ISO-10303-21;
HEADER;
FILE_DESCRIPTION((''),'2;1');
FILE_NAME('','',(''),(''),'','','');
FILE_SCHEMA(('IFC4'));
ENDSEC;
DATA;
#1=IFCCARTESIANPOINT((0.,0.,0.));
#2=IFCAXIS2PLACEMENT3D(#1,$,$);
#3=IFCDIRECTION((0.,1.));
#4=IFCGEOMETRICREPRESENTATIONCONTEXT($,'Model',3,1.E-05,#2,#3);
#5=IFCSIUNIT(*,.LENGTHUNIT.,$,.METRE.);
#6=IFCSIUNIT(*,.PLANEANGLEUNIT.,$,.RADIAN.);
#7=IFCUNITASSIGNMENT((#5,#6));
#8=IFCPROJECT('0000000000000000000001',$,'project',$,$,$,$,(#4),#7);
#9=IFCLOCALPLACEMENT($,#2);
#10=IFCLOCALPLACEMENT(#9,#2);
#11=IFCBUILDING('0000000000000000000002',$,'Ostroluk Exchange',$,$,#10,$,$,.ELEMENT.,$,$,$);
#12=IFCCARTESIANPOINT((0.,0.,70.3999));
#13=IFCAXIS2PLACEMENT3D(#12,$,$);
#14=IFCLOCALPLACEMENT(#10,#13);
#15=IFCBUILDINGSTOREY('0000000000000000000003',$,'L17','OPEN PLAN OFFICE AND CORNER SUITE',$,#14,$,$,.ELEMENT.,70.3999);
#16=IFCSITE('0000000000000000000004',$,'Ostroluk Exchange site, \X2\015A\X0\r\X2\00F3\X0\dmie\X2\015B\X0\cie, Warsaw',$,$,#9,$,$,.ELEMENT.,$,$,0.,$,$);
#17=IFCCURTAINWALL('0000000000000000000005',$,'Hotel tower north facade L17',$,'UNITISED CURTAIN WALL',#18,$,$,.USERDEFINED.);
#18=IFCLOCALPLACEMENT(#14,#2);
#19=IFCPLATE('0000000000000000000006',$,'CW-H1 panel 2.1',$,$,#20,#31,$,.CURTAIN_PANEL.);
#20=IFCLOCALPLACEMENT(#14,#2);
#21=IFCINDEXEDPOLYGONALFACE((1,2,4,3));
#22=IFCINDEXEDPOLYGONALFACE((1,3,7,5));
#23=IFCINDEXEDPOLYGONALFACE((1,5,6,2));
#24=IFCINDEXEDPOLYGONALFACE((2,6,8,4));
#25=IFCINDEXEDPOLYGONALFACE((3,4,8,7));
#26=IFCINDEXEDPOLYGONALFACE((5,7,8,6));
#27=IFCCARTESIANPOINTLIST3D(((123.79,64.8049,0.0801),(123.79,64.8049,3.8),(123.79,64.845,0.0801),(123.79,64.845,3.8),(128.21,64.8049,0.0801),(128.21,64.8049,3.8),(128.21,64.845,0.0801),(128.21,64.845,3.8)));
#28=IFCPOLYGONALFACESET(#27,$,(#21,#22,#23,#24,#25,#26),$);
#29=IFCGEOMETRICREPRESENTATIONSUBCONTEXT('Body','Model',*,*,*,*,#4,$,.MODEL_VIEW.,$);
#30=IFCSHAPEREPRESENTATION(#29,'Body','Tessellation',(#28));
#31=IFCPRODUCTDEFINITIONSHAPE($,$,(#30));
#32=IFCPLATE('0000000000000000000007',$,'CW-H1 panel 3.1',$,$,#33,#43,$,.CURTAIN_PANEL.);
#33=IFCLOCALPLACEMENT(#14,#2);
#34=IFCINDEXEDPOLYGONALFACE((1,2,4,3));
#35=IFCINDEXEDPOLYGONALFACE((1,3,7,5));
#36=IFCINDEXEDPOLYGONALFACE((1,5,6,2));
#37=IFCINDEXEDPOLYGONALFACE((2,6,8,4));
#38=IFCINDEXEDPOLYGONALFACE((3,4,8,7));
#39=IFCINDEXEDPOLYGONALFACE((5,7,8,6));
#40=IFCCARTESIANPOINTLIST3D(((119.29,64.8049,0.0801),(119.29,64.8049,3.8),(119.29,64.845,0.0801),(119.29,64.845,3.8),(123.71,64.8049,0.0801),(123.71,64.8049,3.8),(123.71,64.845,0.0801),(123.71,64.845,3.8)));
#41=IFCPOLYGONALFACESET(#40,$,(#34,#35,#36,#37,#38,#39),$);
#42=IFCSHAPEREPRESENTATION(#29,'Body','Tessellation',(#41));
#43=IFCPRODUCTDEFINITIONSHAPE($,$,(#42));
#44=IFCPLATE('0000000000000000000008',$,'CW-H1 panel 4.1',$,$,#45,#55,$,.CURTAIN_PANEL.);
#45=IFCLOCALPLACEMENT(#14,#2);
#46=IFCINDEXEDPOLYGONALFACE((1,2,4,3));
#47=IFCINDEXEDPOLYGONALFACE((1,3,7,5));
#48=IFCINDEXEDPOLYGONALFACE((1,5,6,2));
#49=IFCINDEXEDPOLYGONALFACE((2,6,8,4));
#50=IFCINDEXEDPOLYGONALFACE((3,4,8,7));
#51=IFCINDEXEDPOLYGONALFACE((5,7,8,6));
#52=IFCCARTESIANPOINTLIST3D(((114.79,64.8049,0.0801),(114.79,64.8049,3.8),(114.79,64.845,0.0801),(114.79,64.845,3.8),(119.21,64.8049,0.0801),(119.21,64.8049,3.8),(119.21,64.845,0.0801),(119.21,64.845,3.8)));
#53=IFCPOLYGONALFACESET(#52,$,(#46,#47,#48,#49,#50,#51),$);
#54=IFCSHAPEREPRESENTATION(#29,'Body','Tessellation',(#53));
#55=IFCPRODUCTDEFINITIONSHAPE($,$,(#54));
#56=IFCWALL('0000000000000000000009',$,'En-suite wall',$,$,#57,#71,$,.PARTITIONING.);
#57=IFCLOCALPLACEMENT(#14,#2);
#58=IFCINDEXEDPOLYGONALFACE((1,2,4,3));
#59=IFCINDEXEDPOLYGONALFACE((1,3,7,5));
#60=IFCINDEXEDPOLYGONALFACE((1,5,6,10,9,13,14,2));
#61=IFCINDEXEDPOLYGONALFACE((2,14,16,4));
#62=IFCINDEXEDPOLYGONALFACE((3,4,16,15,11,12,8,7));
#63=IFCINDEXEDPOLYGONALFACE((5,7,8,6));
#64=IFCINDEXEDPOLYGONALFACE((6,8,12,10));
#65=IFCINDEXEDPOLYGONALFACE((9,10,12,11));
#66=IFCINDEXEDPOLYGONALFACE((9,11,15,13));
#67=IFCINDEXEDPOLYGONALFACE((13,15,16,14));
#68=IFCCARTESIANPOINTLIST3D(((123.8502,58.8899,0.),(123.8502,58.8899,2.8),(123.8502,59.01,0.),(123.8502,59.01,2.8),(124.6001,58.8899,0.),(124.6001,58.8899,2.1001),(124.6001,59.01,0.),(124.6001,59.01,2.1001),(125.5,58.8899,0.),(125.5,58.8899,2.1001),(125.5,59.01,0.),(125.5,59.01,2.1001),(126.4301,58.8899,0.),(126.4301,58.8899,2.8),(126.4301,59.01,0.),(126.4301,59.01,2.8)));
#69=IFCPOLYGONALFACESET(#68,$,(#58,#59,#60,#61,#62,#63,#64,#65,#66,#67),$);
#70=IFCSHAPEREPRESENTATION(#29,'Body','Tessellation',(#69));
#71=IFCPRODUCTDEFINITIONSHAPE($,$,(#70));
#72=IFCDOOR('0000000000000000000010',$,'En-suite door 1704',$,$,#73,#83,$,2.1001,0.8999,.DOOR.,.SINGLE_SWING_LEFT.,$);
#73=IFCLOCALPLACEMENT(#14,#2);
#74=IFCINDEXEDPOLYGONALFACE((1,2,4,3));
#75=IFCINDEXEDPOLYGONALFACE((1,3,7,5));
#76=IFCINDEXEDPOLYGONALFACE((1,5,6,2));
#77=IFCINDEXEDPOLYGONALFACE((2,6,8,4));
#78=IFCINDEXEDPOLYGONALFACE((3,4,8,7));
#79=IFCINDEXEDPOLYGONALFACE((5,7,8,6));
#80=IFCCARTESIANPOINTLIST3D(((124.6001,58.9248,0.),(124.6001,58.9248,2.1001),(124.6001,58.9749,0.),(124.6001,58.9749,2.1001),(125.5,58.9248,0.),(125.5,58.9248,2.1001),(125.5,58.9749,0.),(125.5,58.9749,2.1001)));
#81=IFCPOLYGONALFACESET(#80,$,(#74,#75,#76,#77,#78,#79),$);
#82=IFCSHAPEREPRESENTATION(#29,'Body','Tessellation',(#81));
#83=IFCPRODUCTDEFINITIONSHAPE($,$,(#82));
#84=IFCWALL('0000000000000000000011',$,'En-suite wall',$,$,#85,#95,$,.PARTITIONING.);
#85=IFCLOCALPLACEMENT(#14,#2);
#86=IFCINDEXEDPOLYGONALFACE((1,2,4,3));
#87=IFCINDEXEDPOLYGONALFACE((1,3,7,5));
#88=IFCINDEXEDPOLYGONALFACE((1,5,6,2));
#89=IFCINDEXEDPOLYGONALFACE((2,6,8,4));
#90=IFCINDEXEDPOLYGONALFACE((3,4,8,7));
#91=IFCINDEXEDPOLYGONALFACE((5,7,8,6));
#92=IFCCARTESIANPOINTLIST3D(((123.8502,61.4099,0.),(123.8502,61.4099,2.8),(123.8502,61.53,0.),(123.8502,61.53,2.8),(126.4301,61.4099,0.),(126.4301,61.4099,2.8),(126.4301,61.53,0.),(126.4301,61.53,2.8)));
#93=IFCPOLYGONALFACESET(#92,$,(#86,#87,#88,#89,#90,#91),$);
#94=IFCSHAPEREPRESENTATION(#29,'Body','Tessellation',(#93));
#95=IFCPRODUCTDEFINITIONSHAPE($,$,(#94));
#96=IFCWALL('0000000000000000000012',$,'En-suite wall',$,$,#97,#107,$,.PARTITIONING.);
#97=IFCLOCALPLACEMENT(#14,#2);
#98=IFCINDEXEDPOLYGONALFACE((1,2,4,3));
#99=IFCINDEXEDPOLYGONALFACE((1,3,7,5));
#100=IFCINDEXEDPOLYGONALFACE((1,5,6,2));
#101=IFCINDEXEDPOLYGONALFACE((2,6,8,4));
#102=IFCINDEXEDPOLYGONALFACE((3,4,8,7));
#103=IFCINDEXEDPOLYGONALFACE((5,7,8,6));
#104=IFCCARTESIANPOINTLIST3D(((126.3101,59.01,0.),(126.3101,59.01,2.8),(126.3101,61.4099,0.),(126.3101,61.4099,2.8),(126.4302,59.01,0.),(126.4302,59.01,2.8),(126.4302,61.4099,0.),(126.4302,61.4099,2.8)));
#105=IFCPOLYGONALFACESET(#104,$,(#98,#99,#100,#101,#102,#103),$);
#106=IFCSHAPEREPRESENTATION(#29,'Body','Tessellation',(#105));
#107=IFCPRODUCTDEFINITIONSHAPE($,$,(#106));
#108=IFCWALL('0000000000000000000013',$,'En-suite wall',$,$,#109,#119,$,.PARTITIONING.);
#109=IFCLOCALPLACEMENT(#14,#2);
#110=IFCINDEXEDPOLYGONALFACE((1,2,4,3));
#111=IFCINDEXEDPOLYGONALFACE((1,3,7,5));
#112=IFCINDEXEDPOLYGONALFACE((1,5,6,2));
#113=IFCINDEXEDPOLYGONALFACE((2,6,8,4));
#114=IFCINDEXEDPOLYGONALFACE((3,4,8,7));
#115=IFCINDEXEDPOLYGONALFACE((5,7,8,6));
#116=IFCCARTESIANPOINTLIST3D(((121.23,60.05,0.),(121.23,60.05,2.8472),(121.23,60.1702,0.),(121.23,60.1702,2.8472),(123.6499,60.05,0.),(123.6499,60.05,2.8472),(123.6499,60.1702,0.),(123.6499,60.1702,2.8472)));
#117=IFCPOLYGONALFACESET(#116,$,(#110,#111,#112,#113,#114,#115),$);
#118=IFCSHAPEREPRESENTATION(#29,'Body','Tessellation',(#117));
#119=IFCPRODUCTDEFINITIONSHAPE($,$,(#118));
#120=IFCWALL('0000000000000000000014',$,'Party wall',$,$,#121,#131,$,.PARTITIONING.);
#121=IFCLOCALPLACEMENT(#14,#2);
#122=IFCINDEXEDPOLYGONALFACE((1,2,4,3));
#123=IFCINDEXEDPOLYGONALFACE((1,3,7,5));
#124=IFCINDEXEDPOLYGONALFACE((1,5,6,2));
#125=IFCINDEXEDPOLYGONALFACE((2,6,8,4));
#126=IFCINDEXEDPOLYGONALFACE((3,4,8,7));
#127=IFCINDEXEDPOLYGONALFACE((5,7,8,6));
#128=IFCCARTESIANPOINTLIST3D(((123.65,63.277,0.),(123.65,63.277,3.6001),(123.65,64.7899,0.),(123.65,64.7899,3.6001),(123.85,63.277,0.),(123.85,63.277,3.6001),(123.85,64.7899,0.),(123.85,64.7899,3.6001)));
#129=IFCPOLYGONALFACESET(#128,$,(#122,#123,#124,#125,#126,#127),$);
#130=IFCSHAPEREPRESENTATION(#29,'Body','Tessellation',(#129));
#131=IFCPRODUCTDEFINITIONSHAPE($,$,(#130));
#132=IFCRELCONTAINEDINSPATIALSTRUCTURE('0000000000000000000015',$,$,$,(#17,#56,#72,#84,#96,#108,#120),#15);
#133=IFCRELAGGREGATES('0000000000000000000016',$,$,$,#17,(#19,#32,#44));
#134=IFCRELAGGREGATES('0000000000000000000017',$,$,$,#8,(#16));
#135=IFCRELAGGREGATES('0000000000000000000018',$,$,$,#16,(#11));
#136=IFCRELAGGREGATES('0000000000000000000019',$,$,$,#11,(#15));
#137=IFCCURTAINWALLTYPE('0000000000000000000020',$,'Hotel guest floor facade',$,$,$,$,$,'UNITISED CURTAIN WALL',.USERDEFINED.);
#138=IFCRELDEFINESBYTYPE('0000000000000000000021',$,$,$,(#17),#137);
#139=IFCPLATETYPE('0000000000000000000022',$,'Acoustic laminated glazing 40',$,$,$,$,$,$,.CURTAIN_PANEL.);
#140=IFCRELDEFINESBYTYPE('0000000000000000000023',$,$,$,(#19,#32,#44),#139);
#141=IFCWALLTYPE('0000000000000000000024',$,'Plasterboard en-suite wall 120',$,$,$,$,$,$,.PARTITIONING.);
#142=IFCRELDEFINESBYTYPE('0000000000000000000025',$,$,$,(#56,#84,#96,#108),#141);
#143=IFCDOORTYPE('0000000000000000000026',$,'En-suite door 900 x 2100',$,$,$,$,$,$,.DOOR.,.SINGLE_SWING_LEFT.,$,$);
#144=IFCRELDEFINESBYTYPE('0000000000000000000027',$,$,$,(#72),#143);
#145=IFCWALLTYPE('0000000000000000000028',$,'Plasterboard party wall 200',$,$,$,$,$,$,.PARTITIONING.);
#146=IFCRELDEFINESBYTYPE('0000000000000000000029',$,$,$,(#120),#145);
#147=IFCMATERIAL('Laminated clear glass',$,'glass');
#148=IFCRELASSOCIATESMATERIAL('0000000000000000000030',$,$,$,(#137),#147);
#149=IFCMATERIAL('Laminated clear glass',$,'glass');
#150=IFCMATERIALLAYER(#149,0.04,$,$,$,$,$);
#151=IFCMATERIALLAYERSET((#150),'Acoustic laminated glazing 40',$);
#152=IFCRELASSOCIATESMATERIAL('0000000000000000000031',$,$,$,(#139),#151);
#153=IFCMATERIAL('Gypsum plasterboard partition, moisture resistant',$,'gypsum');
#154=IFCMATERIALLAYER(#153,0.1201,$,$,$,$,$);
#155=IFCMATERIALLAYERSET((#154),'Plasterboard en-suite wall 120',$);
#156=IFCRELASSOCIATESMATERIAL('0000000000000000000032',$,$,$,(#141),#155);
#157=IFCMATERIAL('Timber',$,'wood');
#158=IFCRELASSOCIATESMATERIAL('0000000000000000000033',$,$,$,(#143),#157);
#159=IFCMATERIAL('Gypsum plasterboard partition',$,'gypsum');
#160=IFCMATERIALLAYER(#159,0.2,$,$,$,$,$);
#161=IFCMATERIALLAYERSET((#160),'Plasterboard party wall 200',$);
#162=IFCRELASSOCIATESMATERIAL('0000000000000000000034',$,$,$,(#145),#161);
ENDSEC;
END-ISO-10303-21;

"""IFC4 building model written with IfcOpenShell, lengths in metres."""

from ifc_helpers import new_model, si_unit, direction, frame, frame_2d, origin, origin_2d, place, context, subcontext, project, spatial, rectangle, extrude, material, layer, layer_set, type_object, element, fill, aggregate, save


model = new_model("IFC4")

# Units and contexts
model_context = context("Model", 3, precision=1e-05, world=origin(), true_north=direction((0.0, 1.0)))
body_context = subcontext(model_context, "Body", "Model", "MODEL_VIEW")
ifc_project = project(units=[si_unit("LENGTHUNIT", "METRE"), si_unit("PLANEANGLEUNIT", "RADIAN")], contexts=[model_context])

# Site, building, storey
site_placement = place(None, origin())
site = spatial("IfcSite", under=ifc_project, at=site_placement, Name="Ostroluk Exchange site, Śródmieście, Warsaw", CompositionType="ELEMENT", RefElevation=0.0)
building_placement = place(site_placement, origin())
building = spatial("IfcBuilding", under=site, at=building_placement, Name="Ostroluk Exchange", CompositionType="ELEMENT")
storey_placement = place(building_placement, frame((0.0, 0.0, 70.3999)))
storey = spatial("IfcBuildingStorey", under=building, at=storey_placement, Name="L17", Description="OPEN PLAN OFFICE AND CORNER SUITE", CompositionType="ELEMENT", Elevation=70.3999)

# Curtain wall, plates
ifc_material_1 = material(Name="Laminated clear glass", Category="glass")
curtain_wall_type = type_object("IfcCurtainWallType", Name="Hotel guest floor facade", ElementType="UNITISED CURTAIN WALL", PredefinedType="USERDEFINED", material=ifc_material_1)
curtain_wall_placement = place(storey_placement, origin())
curtain_wall = element("IfcCurtainWall", 1, at=curtain_wall_placement, inside=storey, type_object=curtain_wall_type, Name="Hotel tower north facade L17", ObjectType="UNITISED CURTAIN WALL", PredefinedType="USERDEFINED")
ifc_material_2 = material(Name="Laminated clear glass", Category="glass")
ifc_layer_1 = layer(ifc_material_2, 0.04)
ifc_layer_set_1 = layer_set([ifc_layer_1], Name="Acoustic laminated glazing 40")
plate_type = type_object("IfcPlateType", Name="Acoustic laminated glazing 40", PredefinedType="CURTAIN_PANEL", material=ifc_layer_set_1)
plate_1_placement = place(storey_placement, frame((126.0, 64.825, 0.0801), z_axis=(0.0, 0.0, 1.0), x_axis=(-1.0, 0.0, 0.0)))
plate_1 = element("IfcPlate", 2, at=plate_1_placement, type_object=plate_type, Name="CW-H1 panel 2.1", PredefinedType="CURTAIN_PANEL", context=body_context, shape_type="SweptSolid", body=[
    extrude(rectangle(XDim=4.4199, YDim=0.04, at=origin_2d()), origin(), (0.0, 0.0, 1.0), 3.72),
])
plate_2_placement = place(storey_placement, frame((121.5, 64.825, 0.0801), z_axis=(0.0, 0.0, 1.0), x_axis=(-1.0, 0.0, 0.0)))
plate_2 = element("IfcPlate", 3, at=plate_2_placement, type_object=plate_type, Name="CW-H1 panel 3.1", PredefinedType="CURTAIN_PANEL", context=body_context, shape_type="SweptSolid", body=[
    extrude(rectangle(XDim=4.4199, YDim=0.04, at=origin_2d()), origin(), (0.0, 0.0, 1.0), 3.72),
])
plate_3_placement = place(storey_placement, frame((117.0, 64.825, 0.0801), z_axis=(0.0, 0.0, 1.0), x_axis=(-1.0, 0.0, 0.0)))
plate_3 = element("IfcPlate", 4, at=plate_3_placement, type_object=plate_type, Name="CW-H1 panel 4.1", PredefinedType="CURTAIN_PANEL", context=body_context, shape_type="SweptSolid", body=[
    extrude(rectangle(XDim=4.4199, YDim=0.04, at=origin_2d()), origin(), (0.0, 0.0, 1.0), 3.72),
])
aggregate(curtain_wall, [plate_1, plate_2, plate_3])

# Wall, opening, door
ifc_material_3 = material(Name="Gypsum plasterboard partition, moisture resistant", Category="gypsum")
ifc_layer_2 = layer(ifc_material_3, 0.1201)
ifc_layer_set_2 = layer_set([ifc_layer_2], Name="Plasterboard en-suite wall 120")
wall_type_1 = type_object("IfcWallType", Name="Plasterboard en-suite wall 120", PredefinedType="PARTITIONING", material=ifc_layer_set_2)
wall_1_placement = place(storey_placement, frame((123.8501, 58.95, 0.0), z_axis=(0.0, 0.0, 1.0), x_axis=(1.0, 0.0, 0.0)))
wall_1 = element("IfcWall", 5, at=wall_1_placement, inside=storey, type_object=wall_type_1, Name="En-suite wall", PredefinedType="PARTITIONING", context=body_context, shape_type="SweptSolid", body=[
    extrude(rectangle(XDim=2.5798, YDim=0.1201, at=frame_2d((1.29, 0.0))), origin(), (0.0, 0.0, 1.0), 2.8),
])
opening_placement = place(wall_1_placement, frame((0.75, 0.0, 0.0)))
opening = element("IfcOpeningElement", 6, at=opening_placement, cuts=wall_1, PredefinedType="OPENING", context=body_context, shape_type="SweptSolid", body=[
    extrude(rectangle(XDim=0.8999, YDim=2.1001, at=frame_2d((0.45, 1.05))), frame((0.0, 0.0701, 0.0), z_axis=(0.0, -1.0, 0.0), x_axis=(1.0, 0.0, 0.0)), (0.0, 0.0, 1.0), 0.1401),
])
ifc_material_4 = material(Name="Timber", Category="wood")
door_type = type_object("IfcDoorType", Name="En-suite door 900 x 2100", OperationType="SINGLE_SWING_LEFT", PredefinedType="DOOR", material=ifc_material_4)
door_placement = place(opening_placement, origin())
door = element("IfcDoor", 7, at=door_placement, inside=storey, type_object=door_type, Name="En-suite door 1704", OperationType="SINGLE_SWING_LEFT", OverallHeight=2.1001, OverallWidth=0.8999, PredefinedType="DOOR", context=body_context, shape_type="SweptSolid", body=[
    extrude(rectangle(XDim=0.8999, YDim=2.1001, at=frame_2d((0.45, 1.05))), frame((0.0, 0.0249, 0.0), z_axis=(0.0, -1.0, 0.0), x_axis=(1.0, 0.0, 0.0)), (0.0, 0.0, 1.0), 0.05),
])
fill(opening, door)

# Walls
wall_2_placement = place(storey_placement, frame((123.8501, 61.47, 0.0), z_axis=(0.0, 0.0, 1.0), x_axis=(1.0, 0.0, 0.0)))
element("IfcWall", 8, at=wall_2_placement, inside=storey, type_object=wall_type_1, Name="En-suite wall", PredefinedType="PARTITIONING", context=body_context, shape_type="SweptSolid", body=[
    extrude(rectangle(XDim=2.5798, YDim=0.1201, at=frame_2d((1.29, 0.0))), origin(), (0.0, 0.0, 1.0), 2.8),
])
wall_3_placement = place(storey_placement, frame((126.3701, 59.01, 0.0), z_axis=(0.0, 0.0, 1.0), x_axis=(0.0, 1.0, 0.0)))
element("IfcWall", 9, at=wall_3_placement, inside=storey, type_object=wall_type_1, Name="En-suite wall", PredefinedType="PARTITIONING", context=body_context, shape_type="SweptSolid", body=[
    extrude(rectangle(XDim=2.3999, YDim=0.1201, at=frame_2d((1.2, 0.0))), origin(), (0.0, 0.0, 1.0), 2.8),
])
wall_4_placement = place(storey_placement, frame((123.6499, 60.1101, 0.0), z_axis=(0.0, 0.0, 1.0), x_axis=(-1.0, 0.0, 0.0)))
element("IfcWall", 10, at=wall_4_placement, inside=storey, type_object=wall_type_1, Name="En-suite wall", PredefinedType="PARTITIONING", context=body_context, shape_type="SweptSolid", body=[
    extrude(rectangle(XDim=2.4199, YDim=0.1201, at=frame_2d((1.21, 0.0))), origin(), (0.0, 0.0, 1.0), 2.8472),
])
ifc_material_5 = material(Name="Gypsum plasterboard partition", Category="gypsum")
ifc_layer_3 = layer(ifc_material_5, 0.2)
ifc_layer_set_3 = layer_set([ifc_layer_3], Name="Plasterboard party wall 200")
wall_type_2 = type_object("IfcWallType", Name="Plasterboard party wall 200", PredefinedType="PARTITIONING", material=ifc_layer_set_3)
wall_5_placement = place(storey_placement, frame((123.75, 63.2771, 0.0), z_axis=(0.0, 0.0, 1.0), x_axis=(0.0, 1.0, 0.0)))
element("IfcWall", 11, at=wall_5_placement, inside=storey, type_object=wall_type_2, Name="Party wall", PredefinedType="PARTITIONING", context=body_context, shape_type="SweptSolid", body=[
    extrude(rectangle(XDim=1.5129, YDim=0.2, at=frame_2d((0.7563, 0.0))), origin(), (0.0, 0.0, 1.0), 3.6001),
])

save(model, "model.ifc")
